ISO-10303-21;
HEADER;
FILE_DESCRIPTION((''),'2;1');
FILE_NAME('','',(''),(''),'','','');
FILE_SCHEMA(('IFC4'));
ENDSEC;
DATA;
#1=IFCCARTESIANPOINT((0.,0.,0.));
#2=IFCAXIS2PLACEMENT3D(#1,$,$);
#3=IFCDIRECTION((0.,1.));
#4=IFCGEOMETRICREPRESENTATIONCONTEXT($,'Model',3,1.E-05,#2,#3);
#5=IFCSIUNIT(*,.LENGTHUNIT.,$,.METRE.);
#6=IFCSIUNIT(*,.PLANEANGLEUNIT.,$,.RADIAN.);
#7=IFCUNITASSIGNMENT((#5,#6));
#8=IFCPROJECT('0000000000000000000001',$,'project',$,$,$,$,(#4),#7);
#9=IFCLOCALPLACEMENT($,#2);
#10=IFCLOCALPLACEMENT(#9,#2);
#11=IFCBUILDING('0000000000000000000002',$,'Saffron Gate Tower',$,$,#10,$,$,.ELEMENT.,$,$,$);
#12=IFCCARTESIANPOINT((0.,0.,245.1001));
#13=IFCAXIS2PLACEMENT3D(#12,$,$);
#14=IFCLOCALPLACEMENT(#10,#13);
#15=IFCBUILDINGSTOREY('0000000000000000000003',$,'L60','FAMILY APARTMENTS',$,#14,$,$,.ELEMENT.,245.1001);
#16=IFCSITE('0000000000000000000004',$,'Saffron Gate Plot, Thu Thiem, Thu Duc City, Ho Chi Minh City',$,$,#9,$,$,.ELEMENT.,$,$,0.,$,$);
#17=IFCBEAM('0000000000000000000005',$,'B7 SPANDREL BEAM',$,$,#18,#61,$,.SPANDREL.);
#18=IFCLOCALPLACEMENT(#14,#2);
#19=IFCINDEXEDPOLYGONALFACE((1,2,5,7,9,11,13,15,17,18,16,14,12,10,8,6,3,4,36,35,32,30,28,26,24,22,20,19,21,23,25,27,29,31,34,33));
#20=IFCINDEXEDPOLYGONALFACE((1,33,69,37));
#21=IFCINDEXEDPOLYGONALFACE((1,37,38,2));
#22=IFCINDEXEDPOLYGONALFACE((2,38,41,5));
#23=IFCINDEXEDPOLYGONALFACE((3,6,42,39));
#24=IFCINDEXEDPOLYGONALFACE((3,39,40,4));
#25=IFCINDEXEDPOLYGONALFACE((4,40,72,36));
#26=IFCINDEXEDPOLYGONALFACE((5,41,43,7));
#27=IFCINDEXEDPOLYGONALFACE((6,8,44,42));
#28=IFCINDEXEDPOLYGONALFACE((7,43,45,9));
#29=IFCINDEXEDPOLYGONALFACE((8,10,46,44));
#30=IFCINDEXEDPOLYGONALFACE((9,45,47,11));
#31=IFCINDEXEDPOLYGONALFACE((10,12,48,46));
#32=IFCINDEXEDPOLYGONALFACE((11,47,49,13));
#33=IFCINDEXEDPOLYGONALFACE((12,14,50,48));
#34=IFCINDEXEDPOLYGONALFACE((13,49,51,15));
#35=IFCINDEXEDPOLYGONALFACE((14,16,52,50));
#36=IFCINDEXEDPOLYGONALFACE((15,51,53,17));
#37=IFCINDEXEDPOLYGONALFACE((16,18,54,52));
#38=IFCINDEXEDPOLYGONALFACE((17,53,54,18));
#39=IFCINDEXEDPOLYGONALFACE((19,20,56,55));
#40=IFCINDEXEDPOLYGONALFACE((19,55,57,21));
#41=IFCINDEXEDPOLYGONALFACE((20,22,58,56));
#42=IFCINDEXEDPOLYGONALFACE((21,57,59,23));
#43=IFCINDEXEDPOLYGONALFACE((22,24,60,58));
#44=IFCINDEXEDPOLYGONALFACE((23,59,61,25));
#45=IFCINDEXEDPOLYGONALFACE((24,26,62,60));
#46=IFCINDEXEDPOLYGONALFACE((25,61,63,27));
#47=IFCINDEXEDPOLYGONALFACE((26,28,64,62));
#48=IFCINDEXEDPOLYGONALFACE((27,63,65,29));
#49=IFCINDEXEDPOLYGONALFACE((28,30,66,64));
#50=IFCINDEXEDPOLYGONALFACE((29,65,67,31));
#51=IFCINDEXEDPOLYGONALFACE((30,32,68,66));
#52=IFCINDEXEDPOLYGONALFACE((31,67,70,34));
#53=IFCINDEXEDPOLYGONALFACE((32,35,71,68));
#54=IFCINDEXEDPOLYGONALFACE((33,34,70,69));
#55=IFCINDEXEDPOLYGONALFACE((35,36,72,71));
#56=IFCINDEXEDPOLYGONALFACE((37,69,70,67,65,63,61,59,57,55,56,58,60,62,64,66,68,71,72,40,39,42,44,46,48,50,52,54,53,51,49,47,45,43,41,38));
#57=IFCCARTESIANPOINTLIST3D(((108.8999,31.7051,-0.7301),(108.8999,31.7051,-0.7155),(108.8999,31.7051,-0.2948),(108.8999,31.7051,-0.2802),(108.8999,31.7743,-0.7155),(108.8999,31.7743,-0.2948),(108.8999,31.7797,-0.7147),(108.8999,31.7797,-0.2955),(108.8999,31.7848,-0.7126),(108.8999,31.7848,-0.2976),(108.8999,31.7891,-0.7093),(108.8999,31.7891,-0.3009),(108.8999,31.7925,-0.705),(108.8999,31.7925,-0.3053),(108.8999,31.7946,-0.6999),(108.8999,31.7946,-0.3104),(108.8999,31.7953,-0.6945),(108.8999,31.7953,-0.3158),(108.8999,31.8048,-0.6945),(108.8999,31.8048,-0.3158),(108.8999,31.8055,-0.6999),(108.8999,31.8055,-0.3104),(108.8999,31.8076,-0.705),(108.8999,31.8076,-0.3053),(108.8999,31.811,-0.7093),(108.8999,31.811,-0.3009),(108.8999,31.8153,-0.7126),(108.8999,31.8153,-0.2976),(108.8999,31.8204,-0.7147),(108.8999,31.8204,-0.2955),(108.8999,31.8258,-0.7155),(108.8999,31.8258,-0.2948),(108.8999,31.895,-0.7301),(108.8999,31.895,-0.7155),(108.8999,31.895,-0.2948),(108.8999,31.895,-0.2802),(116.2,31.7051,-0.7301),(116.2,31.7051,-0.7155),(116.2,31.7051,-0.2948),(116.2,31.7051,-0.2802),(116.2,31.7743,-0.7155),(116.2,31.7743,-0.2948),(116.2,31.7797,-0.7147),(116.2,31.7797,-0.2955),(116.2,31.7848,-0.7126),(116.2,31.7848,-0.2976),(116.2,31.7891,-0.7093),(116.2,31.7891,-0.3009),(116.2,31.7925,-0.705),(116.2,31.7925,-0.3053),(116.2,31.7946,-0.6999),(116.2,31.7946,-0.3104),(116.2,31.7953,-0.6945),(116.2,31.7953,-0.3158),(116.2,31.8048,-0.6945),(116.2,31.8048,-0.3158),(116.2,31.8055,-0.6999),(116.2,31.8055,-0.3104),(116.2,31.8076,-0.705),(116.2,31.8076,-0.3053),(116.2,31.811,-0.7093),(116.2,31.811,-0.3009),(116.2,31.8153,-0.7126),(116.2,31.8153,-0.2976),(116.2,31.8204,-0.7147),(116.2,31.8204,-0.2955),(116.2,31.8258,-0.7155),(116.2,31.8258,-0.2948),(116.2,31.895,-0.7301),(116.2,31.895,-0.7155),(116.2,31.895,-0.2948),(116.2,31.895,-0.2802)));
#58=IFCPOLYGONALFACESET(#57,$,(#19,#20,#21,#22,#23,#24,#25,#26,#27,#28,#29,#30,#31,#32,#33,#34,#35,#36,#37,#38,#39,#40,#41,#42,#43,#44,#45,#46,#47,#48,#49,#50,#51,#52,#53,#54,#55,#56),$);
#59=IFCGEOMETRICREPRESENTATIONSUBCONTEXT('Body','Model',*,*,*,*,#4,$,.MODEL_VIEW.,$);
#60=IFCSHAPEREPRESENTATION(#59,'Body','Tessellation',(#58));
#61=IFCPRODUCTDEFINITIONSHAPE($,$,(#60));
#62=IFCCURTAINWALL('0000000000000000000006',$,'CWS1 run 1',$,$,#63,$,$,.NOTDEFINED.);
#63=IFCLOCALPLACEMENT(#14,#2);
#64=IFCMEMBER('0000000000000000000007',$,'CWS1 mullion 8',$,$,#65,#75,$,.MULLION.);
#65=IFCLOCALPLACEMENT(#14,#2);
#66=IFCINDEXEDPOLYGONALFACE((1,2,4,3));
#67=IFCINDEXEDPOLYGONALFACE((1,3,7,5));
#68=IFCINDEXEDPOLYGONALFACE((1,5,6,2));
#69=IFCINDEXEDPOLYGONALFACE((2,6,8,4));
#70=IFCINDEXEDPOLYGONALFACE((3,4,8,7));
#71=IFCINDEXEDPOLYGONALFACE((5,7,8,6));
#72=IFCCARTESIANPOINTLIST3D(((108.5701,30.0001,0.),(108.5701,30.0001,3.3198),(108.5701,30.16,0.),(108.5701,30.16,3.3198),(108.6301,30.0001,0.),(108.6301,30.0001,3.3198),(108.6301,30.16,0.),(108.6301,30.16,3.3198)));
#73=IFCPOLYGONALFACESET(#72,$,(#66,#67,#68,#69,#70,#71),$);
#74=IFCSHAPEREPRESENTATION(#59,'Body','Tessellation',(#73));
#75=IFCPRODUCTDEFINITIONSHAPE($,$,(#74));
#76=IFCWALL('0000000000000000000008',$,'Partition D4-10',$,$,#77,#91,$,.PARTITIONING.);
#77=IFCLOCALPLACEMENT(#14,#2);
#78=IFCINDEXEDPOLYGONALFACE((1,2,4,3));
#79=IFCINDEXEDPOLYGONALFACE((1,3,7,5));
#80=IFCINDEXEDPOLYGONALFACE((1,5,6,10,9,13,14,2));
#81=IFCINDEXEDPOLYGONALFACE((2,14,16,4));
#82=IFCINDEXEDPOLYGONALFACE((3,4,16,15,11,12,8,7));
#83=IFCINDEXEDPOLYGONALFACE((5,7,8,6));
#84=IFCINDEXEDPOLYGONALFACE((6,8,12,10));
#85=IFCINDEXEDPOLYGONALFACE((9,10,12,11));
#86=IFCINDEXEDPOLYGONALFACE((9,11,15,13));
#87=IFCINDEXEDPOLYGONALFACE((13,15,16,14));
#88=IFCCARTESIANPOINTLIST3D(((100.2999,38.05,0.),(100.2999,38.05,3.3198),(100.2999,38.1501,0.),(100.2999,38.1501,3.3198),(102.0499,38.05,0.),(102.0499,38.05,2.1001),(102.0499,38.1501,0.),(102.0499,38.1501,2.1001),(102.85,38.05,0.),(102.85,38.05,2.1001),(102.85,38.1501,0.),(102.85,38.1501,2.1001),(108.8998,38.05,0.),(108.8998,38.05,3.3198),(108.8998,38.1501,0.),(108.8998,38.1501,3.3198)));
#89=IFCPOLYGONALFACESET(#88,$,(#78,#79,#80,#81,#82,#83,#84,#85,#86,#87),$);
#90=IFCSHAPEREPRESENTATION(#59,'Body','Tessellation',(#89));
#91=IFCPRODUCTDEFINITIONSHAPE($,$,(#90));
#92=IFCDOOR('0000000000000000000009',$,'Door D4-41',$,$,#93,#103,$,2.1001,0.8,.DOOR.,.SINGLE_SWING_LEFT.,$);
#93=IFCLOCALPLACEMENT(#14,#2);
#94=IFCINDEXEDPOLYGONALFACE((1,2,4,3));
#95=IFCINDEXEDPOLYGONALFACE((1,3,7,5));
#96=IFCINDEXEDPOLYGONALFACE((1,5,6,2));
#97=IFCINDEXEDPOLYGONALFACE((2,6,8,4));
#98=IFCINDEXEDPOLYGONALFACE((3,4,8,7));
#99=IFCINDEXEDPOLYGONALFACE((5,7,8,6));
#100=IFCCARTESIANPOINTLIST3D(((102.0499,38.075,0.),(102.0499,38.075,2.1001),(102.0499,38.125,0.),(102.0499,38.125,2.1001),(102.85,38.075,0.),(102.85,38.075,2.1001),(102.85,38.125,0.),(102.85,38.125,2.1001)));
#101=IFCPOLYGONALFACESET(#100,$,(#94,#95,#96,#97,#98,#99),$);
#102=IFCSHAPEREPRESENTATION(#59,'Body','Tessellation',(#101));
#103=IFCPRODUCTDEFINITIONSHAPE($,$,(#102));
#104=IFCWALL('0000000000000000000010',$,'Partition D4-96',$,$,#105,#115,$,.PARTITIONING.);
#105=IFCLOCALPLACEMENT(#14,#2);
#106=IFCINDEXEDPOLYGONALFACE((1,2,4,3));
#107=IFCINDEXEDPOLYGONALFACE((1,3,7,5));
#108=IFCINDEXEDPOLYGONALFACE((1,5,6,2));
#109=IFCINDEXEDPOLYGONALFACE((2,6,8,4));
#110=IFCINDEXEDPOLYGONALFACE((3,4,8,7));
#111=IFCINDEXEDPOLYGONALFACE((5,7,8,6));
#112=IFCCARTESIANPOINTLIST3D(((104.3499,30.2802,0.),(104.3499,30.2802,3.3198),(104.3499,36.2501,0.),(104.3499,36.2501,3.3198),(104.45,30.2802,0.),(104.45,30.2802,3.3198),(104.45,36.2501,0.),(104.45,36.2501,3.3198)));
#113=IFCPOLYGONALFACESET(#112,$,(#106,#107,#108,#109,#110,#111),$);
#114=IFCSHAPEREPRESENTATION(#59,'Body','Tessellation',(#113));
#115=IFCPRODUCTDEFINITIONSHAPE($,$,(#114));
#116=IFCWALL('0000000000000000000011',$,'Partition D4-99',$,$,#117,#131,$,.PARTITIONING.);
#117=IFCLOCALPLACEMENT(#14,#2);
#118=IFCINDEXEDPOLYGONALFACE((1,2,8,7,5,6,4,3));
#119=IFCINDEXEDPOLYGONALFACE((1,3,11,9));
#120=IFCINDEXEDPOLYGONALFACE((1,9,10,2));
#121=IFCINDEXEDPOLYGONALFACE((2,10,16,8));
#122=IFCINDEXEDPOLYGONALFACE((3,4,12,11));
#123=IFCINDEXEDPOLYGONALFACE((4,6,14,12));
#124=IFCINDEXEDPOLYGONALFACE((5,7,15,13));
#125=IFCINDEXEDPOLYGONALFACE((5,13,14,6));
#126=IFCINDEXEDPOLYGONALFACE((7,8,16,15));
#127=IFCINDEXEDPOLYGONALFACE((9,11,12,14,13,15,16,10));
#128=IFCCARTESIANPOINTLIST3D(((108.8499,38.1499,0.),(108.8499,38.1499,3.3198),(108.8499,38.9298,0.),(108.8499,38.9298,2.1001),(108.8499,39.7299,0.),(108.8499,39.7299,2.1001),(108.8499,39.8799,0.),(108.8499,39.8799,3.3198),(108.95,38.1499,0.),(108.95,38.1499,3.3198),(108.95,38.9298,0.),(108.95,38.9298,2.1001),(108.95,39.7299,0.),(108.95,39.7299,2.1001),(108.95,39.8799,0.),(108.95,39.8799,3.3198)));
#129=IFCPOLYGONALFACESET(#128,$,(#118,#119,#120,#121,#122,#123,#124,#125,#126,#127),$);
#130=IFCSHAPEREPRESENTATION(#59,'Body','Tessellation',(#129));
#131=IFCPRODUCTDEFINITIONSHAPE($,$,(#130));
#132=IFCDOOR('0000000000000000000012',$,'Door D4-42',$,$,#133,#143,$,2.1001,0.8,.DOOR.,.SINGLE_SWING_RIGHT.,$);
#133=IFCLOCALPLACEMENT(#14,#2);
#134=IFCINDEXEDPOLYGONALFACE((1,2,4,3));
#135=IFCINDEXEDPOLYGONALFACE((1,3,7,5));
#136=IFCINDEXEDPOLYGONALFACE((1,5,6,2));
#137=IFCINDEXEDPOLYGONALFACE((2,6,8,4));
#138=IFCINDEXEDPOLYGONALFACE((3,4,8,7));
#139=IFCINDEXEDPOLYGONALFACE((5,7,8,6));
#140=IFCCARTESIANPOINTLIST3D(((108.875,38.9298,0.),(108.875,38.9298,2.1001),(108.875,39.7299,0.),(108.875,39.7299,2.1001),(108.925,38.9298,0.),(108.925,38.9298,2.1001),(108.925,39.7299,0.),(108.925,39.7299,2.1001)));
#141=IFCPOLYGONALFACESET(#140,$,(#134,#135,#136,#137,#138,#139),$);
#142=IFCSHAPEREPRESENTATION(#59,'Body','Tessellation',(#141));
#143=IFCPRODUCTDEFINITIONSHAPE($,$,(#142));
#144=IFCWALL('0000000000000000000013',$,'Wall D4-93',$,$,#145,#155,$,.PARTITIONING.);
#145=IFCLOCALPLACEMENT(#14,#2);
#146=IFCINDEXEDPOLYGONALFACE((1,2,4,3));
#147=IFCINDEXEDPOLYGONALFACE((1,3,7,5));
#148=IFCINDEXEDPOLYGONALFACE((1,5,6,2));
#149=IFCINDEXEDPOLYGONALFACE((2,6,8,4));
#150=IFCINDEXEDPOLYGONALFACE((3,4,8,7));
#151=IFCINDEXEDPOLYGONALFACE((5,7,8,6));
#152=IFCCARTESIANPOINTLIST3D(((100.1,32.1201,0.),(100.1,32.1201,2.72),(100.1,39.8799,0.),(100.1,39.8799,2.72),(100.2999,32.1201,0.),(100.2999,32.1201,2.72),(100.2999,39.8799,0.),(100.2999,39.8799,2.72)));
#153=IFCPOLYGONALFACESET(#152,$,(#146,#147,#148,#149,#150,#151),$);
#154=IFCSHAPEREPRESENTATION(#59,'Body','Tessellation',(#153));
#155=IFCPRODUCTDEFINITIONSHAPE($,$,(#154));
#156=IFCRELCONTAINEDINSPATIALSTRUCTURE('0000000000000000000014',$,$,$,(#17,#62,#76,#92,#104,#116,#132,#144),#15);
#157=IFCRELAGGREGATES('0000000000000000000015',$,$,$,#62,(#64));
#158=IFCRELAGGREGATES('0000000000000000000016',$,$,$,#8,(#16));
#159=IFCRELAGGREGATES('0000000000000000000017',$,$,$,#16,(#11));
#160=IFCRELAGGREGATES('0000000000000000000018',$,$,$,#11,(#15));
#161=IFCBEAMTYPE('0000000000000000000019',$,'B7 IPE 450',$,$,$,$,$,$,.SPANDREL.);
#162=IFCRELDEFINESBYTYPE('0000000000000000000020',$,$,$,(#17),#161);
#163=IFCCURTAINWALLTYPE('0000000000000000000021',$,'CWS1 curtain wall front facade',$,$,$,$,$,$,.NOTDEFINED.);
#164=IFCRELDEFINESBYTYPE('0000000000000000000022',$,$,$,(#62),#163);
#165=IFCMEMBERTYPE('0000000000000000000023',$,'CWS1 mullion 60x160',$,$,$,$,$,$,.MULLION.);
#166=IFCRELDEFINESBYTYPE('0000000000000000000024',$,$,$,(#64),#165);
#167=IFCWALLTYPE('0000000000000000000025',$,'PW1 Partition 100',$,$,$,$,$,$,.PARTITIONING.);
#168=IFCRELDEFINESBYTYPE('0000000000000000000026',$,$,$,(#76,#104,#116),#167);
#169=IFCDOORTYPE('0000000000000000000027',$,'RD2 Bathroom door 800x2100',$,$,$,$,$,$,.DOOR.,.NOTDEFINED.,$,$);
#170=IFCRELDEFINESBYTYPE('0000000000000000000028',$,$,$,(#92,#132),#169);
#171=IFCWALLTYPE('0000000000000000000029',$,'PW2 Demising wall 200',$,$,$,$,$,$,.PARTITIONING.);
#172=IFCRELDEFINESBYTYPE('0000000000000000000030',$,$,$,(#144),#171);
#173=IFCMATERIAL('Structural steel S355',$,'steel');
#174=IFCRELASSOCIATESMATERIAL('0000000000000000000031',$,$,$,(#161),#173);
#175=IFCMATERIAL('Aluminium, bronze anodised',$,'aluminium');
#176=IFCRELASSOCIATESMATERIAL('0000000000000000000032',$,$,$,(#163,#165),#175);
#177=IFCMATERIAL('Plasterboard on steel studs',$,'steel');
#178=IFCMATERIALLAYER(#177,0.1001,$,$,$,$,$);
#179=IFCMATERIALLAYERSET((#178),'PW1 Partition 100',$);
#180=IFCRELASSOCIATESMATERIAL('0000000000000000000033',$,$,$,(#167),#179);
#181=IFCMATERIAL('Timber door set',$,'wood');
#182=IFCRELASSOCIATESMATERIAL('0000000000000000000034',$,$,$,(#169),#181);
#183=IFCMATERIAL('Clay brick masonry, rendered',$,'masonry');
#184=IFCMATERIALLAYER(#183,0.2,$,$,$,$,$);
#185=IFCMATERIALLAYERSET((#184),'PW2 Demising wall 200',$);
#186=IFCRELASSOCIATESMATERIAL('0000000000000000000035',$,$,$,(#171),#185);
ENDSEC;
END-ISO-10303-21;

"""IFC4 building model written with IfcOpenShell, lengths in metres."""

from ifc_helpers import new_model, si_unit, direction, frame, frame_2d, origin, origin_2d, place, context, subcontext, project, spatial, rectangle, i_section, extrude, material, layer, layer_set, material_profile, profile_set, type_object, element, fill, aggregate, save


model = new_model("IFC4")

# Units and contexts
model_context = context("Model", 3, precision=1e-05, world=origin(), true_north=direction((0.0, 1.0)))
body_context = subcontext(model_context, "Body", "Model", "MODEL_VIEW")
ifc_project = project(units=[si_unit("LENGTHUNIT", "METRE"), si_unit("PLANEANGLEUNIT", "RADIAN")], contexts=[model_context])

# Site, building, storey
site_placement = place(None, origin())
site = spatial("IfcSite", under=ifc_project, at=site_placement, Name="Saffron Gate Plot, Thu Thiem, Thu Duc City, Ho Chi Minh City", CompositionType="ELEMENT", RefElevation=0.0)
building_placement = place(site_placement, origin())
building = spatial("IfcBuilding", under=site, at=building_placement, Name="Saffron Gate Tower", CompositionType="ELEMENT")
storey_placement = place(building_placement, frame((0.0, 0.0, 245.1001)))
storey = spatial("IfcBuildingStorey", under=building, at=storey_placement, Name="L60", Description="FAMILY APARTMENTS", CompositionType="ELEMENT", Elevation=245.1001)

# Beam
ifc_material_1 = material(Name="Structural steel S355", Category="steel")
ifc_material_profile_1 = material_profile(ifc_material_1, i_section(OverallWidth=0.1899, OverallDepth=0.45, WebThickness=0.0095, FlangeThickness=0.0146, FilletRadius=0.021, at=origin_2d()))
ifc_profile_set_1 = profile_set([ifc_material_profile_1], Name="Structural steel S355")
beam_type_1 = type_object("IfcBeamType", Name="B7 IPE 450", PredefinedType="SPANDREL", material=ifc_profile_set_1)
beam_1_placement = place(storey_placement, frame((108.8999, 31.8, -0.5051), z_axis=(1.0, 0.0, 0.0), x_axis=(0.0, 1.0, 0.0)))
element("IfcBeam", 1, at=beam_1_placement, inside=storey, type_object=beam_type_1, Name="B7 SPANDREL BEAM", PredefinedType="SPANDREL", context=body_context, shape_type="SweptSolid", body=[
    extrude(i_section(OverallWidth=0.1899, OverallDepth=0.45, WebThickness=0.0095, FlangeThickness=0.0146, FilletRadius=0.021, at=origin_2d()), origin(), (0.0, 0.0, 1.0), 7.3),
])

# Curtain wall, member
ifc_material_2 = material(Name="Aluminium, bronze anodised", Category="aluminium")
curtain_wall_type = type_object("IfcCurtainWallType", Name="CWS1 curtain wall front facade", PredefinedType="NOTDEFINED", material=ifc_material_2)
curtain_wall_placement = place(storey_placement, origin())
curtain_wall = element("IfcCurtainWall", 2, at=curtain_wall_placement, inside=storey, type_object=curtain_wall_type, Name="CWS1 run 1", PredefinedType="NOTDEFINED")
ifc_material_profile_2 = material_profile(ifc_material_2, rectangle(XDim=0.1599, YDim=0.0601, at=origin_2d()))
ifc_profile_set_2 = profile_set([ifc_material_profile_2], Name="Aluminium, bronze anodised")
member_type = type_object("IfcMemberType", Name="CWS1 mullion 60x160", PredefinedType="MULLION", material=ifc_profile_set_2)
member_placement = place(storey_placement, frame((108.6001, 30.0801, 0.0), z_axis=(0.0, 0.0, 1.0), x_axis=(0.0, 1.0, 0.0)))
member = element("IfcMember", 3, at=member_placement, type_object=member_type, Name="CWS1 mullion 8", PredefinedType="MULLION", context=body_context, shape_type="SweptSolid", body=[
    extrude(rectangle(XDim=0.1599, YDim=0.0601, at=origin_2d()), origin(), (0.0, 0.0, 1.0), 3.3198),
])
aggregate(curtain_wall, [member])

# Wall, opening, door
ifc_material_3 = material(Name="Plasterboard on steel studs", Category="steel")
ifc_layer_1 = layer(ifc_material_3, 0.1001)
ifc_layer_set_1 = layer_set([ifc_layer_1], Name="PW1 Partition 100")
wall_type_1 = type_object("IfcWallType", Name="PW1 Partition 100", PredefinedType="PARTITIONING", material=ifc_layer_set_1)
wall_1_placement = place(storey_placement, frame((100.3, 38.1001, 0.0), z_axis=(0.0, 0.0, 1.0), x_axis=(1.0, 0.0, 0.0)))
wall_1 = element("IfcWall", 4, at=wall_1_placement, inside=storey, type_object=wall_type_1, Name="Partition D4-10", PredefinedType="PARTITIONING", context=body_context, shape_type="SweptSolid", body=[
    extrude(rectangle(XDim=8.5999, YDim=0.1001, at=frame_2d((4.2998, 0.0))), origin(), (0.0, 0.0, 1.0), 3.3198),
])
opening_1_placement = place(wall_1_placement, frame((1.75, 0.0, 0.0)))
opening_1 = element("IfcOpeningElement", 5, at=opening_1_placement, cuts=wall_1, PredefinedType="OPENING", context=body_context, shape_type="SweptSolid", body=[
    extrude(rectangle(XDim=0.8, YDim=2.1001, at=frame_2d((0.3999, 1.05))), frame((0.0, 0.0601, 0.0), z_axis=(0.0, -1.0, 0.0), x_axis=(1.0, 0.0, 0.0)), (0.0, 0.0, 1.0), 0.1201),
])
ifc_material_4 = material(Name="Timber door set", Category="wood")
door_type = type_object("IfcDoorType", Name="RD2 Bathroom door 800x2100", OperationType="NOTDEFINED", PredefinedType="DOOR", material=ifc_material_4)
door_1_placement = place(opening_1_placement, origin())
door_1 = element("IfcDoor", 6, at=door_1_placement, inside=storey, type_object=door_type, Name="Door D4-41", OperationType="SINGLE_SWING_LEFT", OverallHeight=2.1001, OverallWidth=0.8, PredefinedType="DOOR", context=body_context, shape_type="SweptSolid", body=[
    extrude(rectangle(XDim=0.8, YDim=2.1001, at=frame_2d((0.3999, 1.05))), frame((0.0, 0.0249, 0.0), z_axis=(0.0, -1.0, 0.0), x_axis=(1.0, 0.0, 0.0)), (0.0, 0.0, 1.0), 0.05),
])
fill(opening_1, door_1)

# Wall
wall_2_placement = place(storey_placement, frame((104.3999, 36.25, 0.0), z_axis=(0.0, 0.0, 1.0), x_axis=(0.0, -1.0, 0.0)))
element("IfcWall", 7, at=wall_2_placement, inside=storey, type_object=wall_type_1, Name="Partition D4-96", PredefinedType="PARTITIONING", context=body_context, shape_type="SweptSolid", body=[
    extrude(rectangle(XDim=5.97, YDim=0.1001, at=frame_2d((2.9849, 0.0))), origin(), (0.0, 0.0, 1.0), 3.3198),
])

# Wall, opening, door
wall_3_placement = place(storey_placement, frame((108.8999, 38.1499, 0.0), z_axis=(0.0, 0.0, 1.0), x_axis=(0.0, 1.0, 0.0)))
wall_3 = element("IfcWall", 8, at=wall_3_placement, inside=storey, type_object=wall_type_1, Name="Partition D4-99", PredefinedType="PARTITIONING", context=body_context, shape_type="SweptSolid", body=[
    extrude(rectangle(XDim=1.73, YDim=0.1001, at=frame_2d((0.865, 0.0))), origin(), (0.0, 0.0, 1.0), 3.3198),
])
opening_2_placement = place(wall_3_placement, frame((0.78, 0.0, 0.0)))
opening_2 = element("IfcOpeningElement", 9, at=opening_2_placement, cuts=wall_3, PredefinedType="OPENING", context=body_context, shape_type="SweptSolid", body=[
    extrude(rectangle(XDim=0.8, YDim=2.1001, at=frame_2d((0.3999, 1.05))), frame((0.0, 0.0601, 0.0), z_axis=(0.0, -1.0, 0.0), x_axis=(1.0, 0.0, 0.0)), (0.0, 0.0, 1.0), 0.1201),
])
door_2_placement = place(opening_2_placement, origin())
door_2 = element("IfcDoor", 10, at=door_2_placement, inside=storey, type_object=door_type, Name="Door D4-42", OperationType="SINGLE_SWING_RIGHT", OverallHeight=2.1001, OverallWidth=0.8, PredefinedType="DOOR", context=body_context, shape_type="SweptSolid", body=[
    extrude(rectangle(XDim=0.8, YDim=2.1001, at=frame_2d((0.3999, 1.05))), frame((0.0, 0.0249, 0.0), z_axis=(0.0, -1.0, 0.0), x_axis=(1.0, 0.0, 0.0)), (0.0, 0.0, 1.0), 0.05),
])
fill(opening_2, door_2)

# Wall
ifc_material_5 = material(Name="Clay brick masonry, rendered", Category="masonry")
ifc_layer_2 = layer(ifc_material_5, 0.2)
ifc_layer_set_2 = layer_set([ifc_layer_2], Name="PW2 Demising wall 200")
wall_type_2 = type_object("IfcWallType", Name="PW2 Demising wall 200", PredefinedType="PARTITIONING", material=ifc_layer_set_2)
wall_4_placement = place(storey_placement, frame((100.2, 39.8799, 0.0), z_axis=(0.0, 0.0, 1.0), x_axis=(0.0, -1.0, 0.0)))
element("IfcWall", 11, at=wall_4_placement, inside=storey, type_object=wall_type_2, Name="Wall D4-93", PredefinedType="PARTITIONING", context=body_context, shape_type="SweptSolid", body=[
    extrude(rectangle(XDim=7.7598, YDim=0.2, at=frame_2d((3.8799, 0.0))), origin(), (0.0, 0.0, 1.0), 2.72),
])

save(model, "model.ifc")
